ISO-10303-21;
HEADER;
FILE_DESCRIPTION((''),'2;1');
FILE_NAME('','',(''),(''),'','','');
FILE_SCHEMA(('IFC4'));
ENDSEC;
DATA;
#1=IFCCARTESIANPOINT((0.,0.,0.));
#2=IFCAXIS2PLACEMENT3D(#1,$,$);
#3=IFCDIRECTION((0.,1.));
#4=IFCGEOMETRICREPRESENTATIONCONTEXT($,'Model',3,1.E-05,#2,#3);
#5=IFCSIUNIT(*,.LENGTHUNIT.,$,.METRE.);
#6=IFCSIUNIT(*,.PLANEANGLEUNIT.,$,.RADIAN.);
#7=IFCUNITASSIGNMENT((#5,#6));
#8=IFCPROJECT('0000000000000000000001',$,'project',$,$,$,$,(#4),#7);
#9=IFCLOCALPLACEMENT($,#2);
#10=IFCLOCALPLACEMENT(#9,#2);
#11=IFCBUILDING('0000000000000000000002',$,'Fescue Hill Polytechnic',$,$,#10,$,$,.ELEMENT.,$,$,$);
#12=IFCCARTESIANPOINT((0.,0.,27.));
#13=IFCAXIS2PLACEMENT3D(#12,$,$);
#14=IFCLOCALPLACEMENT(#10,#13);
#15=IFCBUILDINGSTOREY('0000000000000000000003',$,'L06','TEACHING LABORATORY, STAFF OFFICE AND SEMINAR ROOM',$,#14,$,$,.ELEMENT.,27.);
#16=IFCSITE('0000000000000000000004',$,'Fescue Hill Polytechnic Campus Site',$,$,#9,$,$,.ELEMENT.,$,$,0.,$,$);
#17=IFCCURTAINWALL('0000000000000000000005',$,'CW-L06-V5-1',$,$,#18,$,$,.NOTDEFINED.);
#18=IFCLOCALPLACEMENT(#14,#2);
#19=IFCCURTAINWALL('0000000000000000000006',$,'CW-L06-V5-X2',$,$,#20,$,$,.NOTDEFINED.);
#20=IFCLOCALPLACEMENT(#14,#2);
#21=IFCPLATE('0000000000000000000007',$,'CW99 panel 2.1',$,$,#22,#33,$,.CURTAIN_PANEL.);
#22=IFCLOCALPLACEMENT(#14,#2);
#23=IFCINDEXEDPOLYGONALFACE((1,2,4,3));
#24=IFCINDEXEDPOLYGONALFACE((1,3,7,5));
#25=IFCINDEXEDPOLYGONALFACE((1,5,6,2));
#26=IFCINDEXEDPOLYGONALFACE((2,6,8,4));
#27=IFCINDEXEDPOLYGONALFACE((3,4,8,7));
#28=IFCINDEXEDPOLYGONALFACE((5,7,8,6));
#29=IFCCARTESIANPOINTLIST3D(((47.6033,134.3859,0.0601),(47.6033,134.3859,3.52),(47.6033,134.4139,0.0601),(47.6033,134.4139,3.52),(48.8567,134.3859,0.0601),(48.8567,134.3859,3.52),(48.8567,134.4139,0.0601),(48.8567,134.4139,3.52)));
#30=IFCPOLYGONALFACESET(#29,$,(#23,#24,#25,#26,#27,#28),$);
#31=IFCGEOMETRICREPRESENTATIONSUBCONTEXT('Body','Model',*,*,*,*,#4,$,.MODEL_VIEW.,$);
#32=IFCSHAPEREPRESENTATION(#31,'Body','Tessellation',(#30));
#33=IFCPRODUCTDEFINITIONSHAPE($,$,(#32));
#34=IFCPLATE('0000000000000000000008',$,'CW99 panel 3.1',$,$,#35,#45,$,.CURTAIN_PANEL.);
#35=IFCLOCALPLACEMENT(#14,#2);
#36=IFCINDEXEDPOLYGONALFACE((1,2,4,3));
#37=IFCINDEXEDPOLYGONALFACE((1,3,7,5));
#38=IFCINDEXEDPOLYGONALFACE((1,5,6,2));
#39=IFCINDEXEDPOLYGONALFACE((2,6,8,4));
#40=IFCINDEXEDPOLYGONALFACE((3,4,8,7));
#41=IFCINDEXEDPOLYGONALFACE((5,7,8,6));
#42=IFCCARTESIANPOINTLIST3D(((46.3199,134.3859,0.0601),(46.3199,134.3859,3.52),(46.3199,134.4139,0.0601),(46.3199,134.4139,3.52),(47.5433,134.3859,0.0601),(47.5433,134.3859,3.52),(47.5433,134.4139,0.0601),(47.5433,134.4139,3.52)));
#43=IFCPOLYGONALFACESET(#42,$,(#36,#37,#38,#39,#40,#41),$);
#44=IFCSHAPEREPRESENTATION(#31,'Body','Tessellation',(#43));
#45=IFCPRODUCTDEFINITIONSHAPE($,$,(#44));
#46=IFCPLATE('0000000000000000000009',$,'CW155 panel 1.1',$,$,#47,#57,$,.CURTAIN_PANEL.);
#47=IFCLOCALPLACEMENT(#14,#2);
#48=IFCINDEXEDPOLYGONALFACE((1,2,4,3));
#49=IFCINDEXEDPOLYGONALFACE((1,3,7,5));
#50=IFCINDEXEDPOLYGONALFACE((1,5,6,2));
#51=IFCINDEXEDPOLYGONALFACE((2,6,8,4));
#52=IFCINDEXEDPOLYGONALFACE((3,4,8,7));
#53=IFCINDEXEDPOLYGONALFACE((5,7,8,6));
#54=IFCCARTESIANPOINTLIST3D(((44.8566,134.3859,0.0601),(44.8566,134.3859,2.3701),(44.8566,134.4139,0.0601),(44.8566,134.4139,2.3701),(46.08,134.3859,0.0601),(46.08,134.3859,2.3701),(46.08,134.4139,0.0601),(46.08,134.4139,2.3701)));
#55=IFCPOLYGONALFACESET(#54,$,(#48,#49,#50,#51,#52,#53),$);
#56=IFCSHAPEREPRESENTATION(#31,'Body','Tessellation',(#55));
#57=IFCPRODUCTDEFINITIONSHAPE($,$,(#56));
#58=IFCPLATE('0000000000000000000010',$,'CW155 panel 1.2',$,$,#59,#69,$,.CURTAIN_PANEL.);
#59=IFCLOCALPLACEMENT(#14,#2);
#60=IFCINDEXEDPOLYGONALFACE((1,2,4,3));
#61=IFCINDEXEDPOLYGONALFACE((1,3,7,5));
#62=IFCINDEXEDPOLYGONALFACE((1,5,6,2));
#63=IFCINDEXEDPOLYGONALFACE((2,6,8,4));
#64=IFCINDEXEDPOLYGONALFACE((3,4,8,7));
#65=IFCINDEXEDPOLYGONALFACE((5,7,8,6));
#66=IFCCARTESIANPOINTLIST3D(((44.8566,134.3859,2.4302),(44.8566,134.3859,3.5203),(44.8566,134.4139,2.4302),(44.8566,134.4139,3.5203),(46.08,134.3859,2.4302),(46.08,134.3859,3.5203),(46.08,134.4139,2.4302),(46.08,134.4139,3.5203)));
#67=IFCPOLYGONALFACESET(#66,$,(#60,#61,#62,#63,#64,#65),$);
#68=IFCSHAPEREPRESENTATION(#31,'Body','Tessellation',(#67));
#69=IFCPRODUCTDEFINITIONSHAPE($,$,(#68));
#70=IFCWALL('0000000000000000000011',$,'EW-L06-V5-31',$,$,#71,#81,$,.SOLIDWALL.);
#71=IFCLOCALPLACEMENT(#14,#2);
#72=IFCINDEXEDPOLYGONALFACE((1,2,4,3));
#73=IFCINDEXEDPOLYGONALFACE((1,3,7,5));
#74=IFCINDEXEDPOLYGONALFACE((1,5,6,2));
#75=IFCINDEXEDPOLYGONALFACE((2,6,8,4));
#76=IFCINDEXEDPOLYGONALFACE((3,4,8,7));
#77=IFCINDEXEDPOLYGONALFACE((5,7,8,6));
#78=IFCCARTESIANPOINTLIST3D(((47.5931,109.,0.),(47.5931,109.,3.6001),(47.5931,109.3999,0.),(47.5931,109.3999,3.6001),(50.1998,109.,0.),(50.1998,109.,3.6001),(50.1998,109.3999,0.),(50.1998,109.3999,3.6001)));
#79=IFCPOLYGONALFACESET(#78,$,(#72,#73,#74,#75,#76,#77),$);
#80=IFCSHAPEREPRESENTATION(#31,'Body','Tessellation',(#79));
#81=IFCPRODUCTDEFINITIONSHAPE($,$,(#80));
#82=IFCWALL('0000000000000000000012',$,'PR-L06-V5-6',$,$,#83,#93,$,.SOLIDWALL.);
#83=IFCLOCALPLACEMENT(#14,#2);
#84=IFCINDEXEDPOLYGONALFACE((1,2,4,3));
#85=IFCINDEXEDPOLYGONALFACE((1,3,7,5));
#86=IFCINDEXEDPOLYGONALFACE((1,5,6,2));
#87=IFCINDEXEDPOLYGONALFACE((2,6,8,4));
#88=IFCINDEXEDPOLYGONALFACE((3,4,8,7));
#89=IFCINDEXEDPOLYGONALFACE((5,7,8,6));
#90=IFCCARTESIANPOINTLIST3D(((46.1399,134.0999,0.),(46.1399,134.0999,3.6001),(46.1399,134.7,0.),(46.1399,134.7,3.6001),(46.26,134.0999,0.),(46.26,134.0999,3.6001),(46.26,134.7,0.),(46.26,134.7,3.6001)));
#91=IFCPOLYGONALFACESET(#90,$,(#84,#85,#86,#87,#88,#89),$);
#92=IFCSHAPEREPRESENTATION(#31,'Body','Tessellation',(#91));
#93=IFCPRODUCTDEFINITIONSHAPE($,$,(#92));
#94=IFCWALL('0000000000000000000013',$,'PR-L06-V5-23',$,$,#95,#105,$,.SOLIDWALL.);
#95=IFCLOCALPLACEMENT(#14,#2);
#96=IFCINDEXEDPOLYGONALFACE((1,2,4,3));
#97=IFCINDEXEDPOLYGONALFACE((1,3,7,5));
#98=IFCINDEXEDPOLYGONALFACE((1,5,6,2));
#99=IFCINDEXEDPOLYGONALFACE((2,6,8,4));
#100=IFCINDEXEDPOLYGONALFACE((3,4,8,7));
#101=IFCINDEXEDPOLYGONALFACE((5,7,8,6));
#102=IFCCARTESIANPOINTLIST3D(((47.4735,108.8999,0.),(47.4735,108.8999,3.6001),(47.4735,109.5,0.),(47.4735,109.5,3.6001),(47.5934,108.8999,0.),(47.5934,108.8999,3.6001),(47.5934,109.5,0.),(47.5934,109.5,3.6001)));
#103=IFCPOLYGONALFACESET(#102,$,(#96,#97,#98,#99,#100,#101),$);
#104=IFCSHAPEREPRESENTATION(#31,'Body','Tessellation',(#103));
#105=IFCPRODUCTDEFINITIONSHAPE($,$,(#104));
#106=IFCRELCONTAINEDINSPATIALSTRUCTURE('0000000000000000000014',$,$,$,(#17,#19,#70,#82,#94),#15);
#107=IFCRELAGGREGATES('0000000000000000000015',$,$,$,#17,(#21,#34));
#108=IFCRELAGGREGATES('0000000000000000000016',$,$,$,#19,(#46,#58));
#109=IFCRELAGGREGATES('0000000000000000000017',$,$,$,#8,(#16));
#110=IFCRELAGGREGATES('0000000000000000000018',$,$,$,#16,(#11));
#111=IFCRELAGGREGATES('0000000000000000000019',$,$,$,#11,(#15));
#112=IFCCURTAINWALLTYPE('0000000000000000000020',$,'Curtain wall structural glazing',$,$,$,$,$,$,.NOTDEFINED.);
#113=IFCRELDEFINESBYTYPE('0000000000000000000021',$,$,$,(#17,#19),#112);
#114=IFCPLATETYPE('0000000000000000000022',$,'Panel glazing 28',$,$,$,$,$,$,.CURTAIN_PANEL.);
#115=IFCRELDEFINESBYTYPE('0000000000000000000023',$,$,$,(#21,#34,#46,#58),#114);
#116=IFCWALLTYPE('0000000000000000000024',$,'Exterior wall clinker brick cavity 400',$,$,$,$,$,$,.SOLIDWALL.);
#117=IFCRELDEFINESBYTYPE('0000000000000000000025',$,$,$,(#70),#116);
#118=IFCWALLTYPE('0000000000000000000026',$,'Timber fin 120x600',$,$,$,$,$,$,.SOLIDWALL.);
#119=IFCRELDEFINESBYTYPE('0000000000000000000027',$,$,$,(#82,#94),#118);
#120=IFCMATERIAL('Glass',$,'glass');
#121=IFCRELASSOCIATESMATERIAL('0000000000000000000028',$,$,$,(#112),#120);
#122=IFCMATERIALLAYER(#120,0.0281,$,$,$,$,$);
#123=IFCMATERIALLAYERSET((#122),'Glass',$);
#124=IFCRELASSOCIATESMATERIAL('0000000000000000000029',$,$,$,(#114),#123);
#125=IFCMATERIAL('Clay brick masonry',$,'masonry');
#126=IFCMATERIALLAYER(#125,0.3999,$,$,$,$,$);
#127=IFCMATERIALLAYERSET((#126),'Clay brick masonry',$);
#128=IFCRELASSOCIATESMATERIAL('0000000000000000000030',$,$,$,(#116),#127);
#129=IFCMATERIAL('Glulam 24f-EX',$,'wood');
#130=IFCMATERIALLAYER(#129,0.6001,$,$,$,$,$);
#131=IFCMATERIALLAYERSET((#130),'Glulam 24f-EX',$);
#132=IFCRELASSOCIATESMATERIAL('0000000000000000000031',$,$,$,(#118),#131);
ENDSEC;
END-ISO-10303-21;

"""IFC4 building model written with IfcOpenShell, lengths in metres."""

from ifc_helpers import new_model, si_unit, direction, frame, frame_2d, origin, origin_2d, place, context, subcontext, project, spatial, rectangle, extrude, material, layer, layer_set, type_object, element, aggregate, save


model = new_model("IFC4")

# Units and contexts
model_context = context("Model", 3, precision=1e-05, world=origin(), true_north=direction((0.0, 1.0)))
body_context = subcontext(model_context, "Body", "Model", "MODEL_VIEW")
ifc_project = project(units=[si_unit("LENGTHUNIT", "METRE"), si_unit("PLANEANGLEUNIT", "RADIAN")], contexts=[model_context])

# Site, building, storey
site_placement = place(None, origin())
site = spatial("IfcSite", under=ifc_project, at=site_placement, Name="Fescue Hill Polytechnic Campus Site", CompositionType="ELEMENT", RefElevation=0.0)
building_placement = place(site_placement, origin())
building = spatial("IfcBuilding", under=site, at=building_placement, Name="Fescue Hill Polytechnic", CompositionType="ELEMENT")
storey_placement = place(building_placement, frame((0.0, 0.0, 27.0)))
storey = spatial("IfcBuildingStorey", under=building, at=storey_placement, Name="L06", Description="TEACHING LABORATORY, STAFF OFFICE AND SEMINAR ROOM", CompositionType="ELEMENT", Elevation=27.0)

# Curtain wall
ifc_material_1 = material(Name="Glass", Category="glass")
curtain_wall_type = type_object("IfcCurtainWallType", Name="Curtain wall structural glazing", PredefinedType="NOTDEFINED", material=ifc_material_1)
curtain_wall_1_placement = place(storey_placement, origin())
curtain_wall_1 = element("IfcCurtainWall", 1, at=curtain_wall_1_placement, inside=storey, type_object=curtain_wall_type, Name="CW-L06-V5-1", PredefinedType="NOTDEFINED")

# Curtain wall
curtain_wall_2_placement = place(storey_placement, origin())
curtain_wall_2 = element("IfcCurtainWall", 2, at=curtain_wall_2_placement, inside=storey, type_object=curtain_wall_type, Name="CW-L06-V5-X2", PredefinedType="NOTDEFINED")

# Plates
ifc_layer_1 = layer(ifc_material_1, 0.0281)
ifc_layer_set_1 = layer_set([ifc_layer_1], Name="Glass")
plate_type = type_object("IfcPlateType", Name="Panel glazing 28", PredefinedType="CURTAIN_PANEL", material=ifc_layer_set_1)
plate_1_placement = place(storey_placement, frame((48.23, 134.3999, 0.0601), z_axis=(0.0, 0.0, 1.0), x_axis=(-1.0, 0.0, 0.0)))
plate_1 = element("IfcPlate", 3, at=plate_1_placement, type_object=plate_type, Name="CW99 panel 2.1", PredefinedType="CURTAIN_PANEL", context=body_context, shape_type="SweptSolid", body=[
    extrude(rectangle(XDim=1.2534, YDim=0.0281, at=origin_2d()), origin(), (0.0, 0.0, 1.0), 3.46),
])
plate_2_placement = place(storey_placement, frame((46.9316, 134.3999, 0.0601), z_axis=(0.0, 0.0, 1.0), x_axis=(-1.0, 0.0, 0.0)))
plate_2 = element("IfcPlate", 4, at=plate_2_placement, type_object=plate_type, Name="CW99 panel 3.1", PredefinedType="CURTAIN_PANEL", context=body_context, shape_type="SweptSolid", body=[
    extrude(rectangle(XDim=1.2234, YDim=0.0281, at=origin_2d()), origin(), (0.0, 0.0, 1.0), 3.46),
])
aggregate(curtain_wall_1, [plate_1, plate_2])
plate_3_placement = place(storey_placement, frame((45.4683, 134.3999, 0.0601), z_axis=(0.0, 0.0, 1.0), x_axis=(-1.0, 0.0, 0.0)))
plate_3 = element("IfcPlate", 5, at=plate_3_placement, type_object=plate_type, Name="CW155 panel 1.1", PredefinedType="CURTAIN_PANEL", context=body_context, shape_type="SweptSolid", body=[
    extrude(rectangle(XDim=1.2234, YDim=0.0281, at=origin_2d()), origin(), (0.0, 0.0, 1.0), 2.3101),
])
plate_4_placement = place(storey_placement, frame((45.4683, 134.3999, 2.4302), z_axis=(0.0, 0.0, 1.0), x_axis=(-1.0, 0.0, 0.0)))
plate_4 = element("IfcPlate", 6, at=plate_4_placement, type_object=plate_type, Name="CW155 panel 1.2", PredefinedType="CURTAIN_PANEL", context=body_context, shape_type="SweptSolid", body=[
    extrude(rectangle(XDim=1.2234, YDim=0.0281, at=origin_2d()), origin(), (0.0, 0.0, 1.0), 1.0901),
])
aggregate(curtain_wall_2, [plate_3, plate_4])

# Walls
ifc_material_2 = material(Name="Clay brick masonry", Category="masonry")
ifc_layer_2 = layer(ifc_material_2, 0.3999)
ifc_layer_set_2 = layer_set([ifc_layer_2], Name="Clay brick masonry")
wall_type_1 = type_object("IfcWallType", Name="Exterior wall clinker brick cavity 400", PredefinedType="SOLIDWALL", material=ifc_layer_set_2)
wall_1_placement = place(storey_placement, frame((47.5933, 109.2, 0.0), z_axis=(0.0, 0.0, 1.0), x_axis=(1.0, 0.0, 0.0)))
element("IfcWall", 7, at=wall_1_placement, inside=storey, type_object=wall_type_1, Name="EW-L06-V5-31", PredefinedType="SOLIDWALL", context=body_context, shape_type="SweptSolid", body=[
    extrude(rectangle(XDim=2.6067, YDim=0.3999, at=frame_2d((1.3032, 0.0))), origin(), (0.0, 0.0, 1.0), 3.6001),
])
ifc_material_3 = material(Name="Glulam 24f-EX", Category="wood")
ifc_layer_3 = layer(ifc_material_3, 0.6001)
ifc_layer_set_3 = layer_set([ifc_layer_3], Name="Glulam 24f-EX")
wall_type_2 = type_object("IfcWallType", Name="Timber fin 120x600", PredefinedType="SOLIDWALL", material=ifc_layer_set_3)
wall_2_placement = place(storey_placement, frame((46.26, 134.3999, 0.0), z_axis=(0.0, 0.0, 1.0), x_axis=(-1.0, 0.0, 0.0)))
element("IfcWall", 8, at=wall_2_placement, inside=storey, type_object=wall_type_2, Name="PR-L06-V5-6", PredefinedType="SOLIDWALL", context=body_context, shape_type="SweptSolid", body=[
    extrude(rectangle(XDim=0.1201, YDim=0.6001, at=frame_2d((0.0601, 0.0))), origin(), (0.0, 0.0, 1.0), 3.6001),
])
wall_3_placement = place(storey_placement, frame((47.4734, 109.2, 0.0), z_axis=(0.0, 0.0, 1.0), x_axis=(1.0, 0.0, 0.0)))
element("IfcWall", 9, at=wall_3_placement, inside=storey, type_object=wall_type_2, Name="PR-L06-V5-23", PredefinedType="SOLIDWALL", context=body_context, shape_type="SweptSolid", body=[
    extrude(rectangle(XDim=0.1199, YDim=0.6001, at=frame_2d((0.0601, 0.0))), origin(), (0.0, 0.0, 1.0), 3.6001),
])

save(model, "model.ifc")
